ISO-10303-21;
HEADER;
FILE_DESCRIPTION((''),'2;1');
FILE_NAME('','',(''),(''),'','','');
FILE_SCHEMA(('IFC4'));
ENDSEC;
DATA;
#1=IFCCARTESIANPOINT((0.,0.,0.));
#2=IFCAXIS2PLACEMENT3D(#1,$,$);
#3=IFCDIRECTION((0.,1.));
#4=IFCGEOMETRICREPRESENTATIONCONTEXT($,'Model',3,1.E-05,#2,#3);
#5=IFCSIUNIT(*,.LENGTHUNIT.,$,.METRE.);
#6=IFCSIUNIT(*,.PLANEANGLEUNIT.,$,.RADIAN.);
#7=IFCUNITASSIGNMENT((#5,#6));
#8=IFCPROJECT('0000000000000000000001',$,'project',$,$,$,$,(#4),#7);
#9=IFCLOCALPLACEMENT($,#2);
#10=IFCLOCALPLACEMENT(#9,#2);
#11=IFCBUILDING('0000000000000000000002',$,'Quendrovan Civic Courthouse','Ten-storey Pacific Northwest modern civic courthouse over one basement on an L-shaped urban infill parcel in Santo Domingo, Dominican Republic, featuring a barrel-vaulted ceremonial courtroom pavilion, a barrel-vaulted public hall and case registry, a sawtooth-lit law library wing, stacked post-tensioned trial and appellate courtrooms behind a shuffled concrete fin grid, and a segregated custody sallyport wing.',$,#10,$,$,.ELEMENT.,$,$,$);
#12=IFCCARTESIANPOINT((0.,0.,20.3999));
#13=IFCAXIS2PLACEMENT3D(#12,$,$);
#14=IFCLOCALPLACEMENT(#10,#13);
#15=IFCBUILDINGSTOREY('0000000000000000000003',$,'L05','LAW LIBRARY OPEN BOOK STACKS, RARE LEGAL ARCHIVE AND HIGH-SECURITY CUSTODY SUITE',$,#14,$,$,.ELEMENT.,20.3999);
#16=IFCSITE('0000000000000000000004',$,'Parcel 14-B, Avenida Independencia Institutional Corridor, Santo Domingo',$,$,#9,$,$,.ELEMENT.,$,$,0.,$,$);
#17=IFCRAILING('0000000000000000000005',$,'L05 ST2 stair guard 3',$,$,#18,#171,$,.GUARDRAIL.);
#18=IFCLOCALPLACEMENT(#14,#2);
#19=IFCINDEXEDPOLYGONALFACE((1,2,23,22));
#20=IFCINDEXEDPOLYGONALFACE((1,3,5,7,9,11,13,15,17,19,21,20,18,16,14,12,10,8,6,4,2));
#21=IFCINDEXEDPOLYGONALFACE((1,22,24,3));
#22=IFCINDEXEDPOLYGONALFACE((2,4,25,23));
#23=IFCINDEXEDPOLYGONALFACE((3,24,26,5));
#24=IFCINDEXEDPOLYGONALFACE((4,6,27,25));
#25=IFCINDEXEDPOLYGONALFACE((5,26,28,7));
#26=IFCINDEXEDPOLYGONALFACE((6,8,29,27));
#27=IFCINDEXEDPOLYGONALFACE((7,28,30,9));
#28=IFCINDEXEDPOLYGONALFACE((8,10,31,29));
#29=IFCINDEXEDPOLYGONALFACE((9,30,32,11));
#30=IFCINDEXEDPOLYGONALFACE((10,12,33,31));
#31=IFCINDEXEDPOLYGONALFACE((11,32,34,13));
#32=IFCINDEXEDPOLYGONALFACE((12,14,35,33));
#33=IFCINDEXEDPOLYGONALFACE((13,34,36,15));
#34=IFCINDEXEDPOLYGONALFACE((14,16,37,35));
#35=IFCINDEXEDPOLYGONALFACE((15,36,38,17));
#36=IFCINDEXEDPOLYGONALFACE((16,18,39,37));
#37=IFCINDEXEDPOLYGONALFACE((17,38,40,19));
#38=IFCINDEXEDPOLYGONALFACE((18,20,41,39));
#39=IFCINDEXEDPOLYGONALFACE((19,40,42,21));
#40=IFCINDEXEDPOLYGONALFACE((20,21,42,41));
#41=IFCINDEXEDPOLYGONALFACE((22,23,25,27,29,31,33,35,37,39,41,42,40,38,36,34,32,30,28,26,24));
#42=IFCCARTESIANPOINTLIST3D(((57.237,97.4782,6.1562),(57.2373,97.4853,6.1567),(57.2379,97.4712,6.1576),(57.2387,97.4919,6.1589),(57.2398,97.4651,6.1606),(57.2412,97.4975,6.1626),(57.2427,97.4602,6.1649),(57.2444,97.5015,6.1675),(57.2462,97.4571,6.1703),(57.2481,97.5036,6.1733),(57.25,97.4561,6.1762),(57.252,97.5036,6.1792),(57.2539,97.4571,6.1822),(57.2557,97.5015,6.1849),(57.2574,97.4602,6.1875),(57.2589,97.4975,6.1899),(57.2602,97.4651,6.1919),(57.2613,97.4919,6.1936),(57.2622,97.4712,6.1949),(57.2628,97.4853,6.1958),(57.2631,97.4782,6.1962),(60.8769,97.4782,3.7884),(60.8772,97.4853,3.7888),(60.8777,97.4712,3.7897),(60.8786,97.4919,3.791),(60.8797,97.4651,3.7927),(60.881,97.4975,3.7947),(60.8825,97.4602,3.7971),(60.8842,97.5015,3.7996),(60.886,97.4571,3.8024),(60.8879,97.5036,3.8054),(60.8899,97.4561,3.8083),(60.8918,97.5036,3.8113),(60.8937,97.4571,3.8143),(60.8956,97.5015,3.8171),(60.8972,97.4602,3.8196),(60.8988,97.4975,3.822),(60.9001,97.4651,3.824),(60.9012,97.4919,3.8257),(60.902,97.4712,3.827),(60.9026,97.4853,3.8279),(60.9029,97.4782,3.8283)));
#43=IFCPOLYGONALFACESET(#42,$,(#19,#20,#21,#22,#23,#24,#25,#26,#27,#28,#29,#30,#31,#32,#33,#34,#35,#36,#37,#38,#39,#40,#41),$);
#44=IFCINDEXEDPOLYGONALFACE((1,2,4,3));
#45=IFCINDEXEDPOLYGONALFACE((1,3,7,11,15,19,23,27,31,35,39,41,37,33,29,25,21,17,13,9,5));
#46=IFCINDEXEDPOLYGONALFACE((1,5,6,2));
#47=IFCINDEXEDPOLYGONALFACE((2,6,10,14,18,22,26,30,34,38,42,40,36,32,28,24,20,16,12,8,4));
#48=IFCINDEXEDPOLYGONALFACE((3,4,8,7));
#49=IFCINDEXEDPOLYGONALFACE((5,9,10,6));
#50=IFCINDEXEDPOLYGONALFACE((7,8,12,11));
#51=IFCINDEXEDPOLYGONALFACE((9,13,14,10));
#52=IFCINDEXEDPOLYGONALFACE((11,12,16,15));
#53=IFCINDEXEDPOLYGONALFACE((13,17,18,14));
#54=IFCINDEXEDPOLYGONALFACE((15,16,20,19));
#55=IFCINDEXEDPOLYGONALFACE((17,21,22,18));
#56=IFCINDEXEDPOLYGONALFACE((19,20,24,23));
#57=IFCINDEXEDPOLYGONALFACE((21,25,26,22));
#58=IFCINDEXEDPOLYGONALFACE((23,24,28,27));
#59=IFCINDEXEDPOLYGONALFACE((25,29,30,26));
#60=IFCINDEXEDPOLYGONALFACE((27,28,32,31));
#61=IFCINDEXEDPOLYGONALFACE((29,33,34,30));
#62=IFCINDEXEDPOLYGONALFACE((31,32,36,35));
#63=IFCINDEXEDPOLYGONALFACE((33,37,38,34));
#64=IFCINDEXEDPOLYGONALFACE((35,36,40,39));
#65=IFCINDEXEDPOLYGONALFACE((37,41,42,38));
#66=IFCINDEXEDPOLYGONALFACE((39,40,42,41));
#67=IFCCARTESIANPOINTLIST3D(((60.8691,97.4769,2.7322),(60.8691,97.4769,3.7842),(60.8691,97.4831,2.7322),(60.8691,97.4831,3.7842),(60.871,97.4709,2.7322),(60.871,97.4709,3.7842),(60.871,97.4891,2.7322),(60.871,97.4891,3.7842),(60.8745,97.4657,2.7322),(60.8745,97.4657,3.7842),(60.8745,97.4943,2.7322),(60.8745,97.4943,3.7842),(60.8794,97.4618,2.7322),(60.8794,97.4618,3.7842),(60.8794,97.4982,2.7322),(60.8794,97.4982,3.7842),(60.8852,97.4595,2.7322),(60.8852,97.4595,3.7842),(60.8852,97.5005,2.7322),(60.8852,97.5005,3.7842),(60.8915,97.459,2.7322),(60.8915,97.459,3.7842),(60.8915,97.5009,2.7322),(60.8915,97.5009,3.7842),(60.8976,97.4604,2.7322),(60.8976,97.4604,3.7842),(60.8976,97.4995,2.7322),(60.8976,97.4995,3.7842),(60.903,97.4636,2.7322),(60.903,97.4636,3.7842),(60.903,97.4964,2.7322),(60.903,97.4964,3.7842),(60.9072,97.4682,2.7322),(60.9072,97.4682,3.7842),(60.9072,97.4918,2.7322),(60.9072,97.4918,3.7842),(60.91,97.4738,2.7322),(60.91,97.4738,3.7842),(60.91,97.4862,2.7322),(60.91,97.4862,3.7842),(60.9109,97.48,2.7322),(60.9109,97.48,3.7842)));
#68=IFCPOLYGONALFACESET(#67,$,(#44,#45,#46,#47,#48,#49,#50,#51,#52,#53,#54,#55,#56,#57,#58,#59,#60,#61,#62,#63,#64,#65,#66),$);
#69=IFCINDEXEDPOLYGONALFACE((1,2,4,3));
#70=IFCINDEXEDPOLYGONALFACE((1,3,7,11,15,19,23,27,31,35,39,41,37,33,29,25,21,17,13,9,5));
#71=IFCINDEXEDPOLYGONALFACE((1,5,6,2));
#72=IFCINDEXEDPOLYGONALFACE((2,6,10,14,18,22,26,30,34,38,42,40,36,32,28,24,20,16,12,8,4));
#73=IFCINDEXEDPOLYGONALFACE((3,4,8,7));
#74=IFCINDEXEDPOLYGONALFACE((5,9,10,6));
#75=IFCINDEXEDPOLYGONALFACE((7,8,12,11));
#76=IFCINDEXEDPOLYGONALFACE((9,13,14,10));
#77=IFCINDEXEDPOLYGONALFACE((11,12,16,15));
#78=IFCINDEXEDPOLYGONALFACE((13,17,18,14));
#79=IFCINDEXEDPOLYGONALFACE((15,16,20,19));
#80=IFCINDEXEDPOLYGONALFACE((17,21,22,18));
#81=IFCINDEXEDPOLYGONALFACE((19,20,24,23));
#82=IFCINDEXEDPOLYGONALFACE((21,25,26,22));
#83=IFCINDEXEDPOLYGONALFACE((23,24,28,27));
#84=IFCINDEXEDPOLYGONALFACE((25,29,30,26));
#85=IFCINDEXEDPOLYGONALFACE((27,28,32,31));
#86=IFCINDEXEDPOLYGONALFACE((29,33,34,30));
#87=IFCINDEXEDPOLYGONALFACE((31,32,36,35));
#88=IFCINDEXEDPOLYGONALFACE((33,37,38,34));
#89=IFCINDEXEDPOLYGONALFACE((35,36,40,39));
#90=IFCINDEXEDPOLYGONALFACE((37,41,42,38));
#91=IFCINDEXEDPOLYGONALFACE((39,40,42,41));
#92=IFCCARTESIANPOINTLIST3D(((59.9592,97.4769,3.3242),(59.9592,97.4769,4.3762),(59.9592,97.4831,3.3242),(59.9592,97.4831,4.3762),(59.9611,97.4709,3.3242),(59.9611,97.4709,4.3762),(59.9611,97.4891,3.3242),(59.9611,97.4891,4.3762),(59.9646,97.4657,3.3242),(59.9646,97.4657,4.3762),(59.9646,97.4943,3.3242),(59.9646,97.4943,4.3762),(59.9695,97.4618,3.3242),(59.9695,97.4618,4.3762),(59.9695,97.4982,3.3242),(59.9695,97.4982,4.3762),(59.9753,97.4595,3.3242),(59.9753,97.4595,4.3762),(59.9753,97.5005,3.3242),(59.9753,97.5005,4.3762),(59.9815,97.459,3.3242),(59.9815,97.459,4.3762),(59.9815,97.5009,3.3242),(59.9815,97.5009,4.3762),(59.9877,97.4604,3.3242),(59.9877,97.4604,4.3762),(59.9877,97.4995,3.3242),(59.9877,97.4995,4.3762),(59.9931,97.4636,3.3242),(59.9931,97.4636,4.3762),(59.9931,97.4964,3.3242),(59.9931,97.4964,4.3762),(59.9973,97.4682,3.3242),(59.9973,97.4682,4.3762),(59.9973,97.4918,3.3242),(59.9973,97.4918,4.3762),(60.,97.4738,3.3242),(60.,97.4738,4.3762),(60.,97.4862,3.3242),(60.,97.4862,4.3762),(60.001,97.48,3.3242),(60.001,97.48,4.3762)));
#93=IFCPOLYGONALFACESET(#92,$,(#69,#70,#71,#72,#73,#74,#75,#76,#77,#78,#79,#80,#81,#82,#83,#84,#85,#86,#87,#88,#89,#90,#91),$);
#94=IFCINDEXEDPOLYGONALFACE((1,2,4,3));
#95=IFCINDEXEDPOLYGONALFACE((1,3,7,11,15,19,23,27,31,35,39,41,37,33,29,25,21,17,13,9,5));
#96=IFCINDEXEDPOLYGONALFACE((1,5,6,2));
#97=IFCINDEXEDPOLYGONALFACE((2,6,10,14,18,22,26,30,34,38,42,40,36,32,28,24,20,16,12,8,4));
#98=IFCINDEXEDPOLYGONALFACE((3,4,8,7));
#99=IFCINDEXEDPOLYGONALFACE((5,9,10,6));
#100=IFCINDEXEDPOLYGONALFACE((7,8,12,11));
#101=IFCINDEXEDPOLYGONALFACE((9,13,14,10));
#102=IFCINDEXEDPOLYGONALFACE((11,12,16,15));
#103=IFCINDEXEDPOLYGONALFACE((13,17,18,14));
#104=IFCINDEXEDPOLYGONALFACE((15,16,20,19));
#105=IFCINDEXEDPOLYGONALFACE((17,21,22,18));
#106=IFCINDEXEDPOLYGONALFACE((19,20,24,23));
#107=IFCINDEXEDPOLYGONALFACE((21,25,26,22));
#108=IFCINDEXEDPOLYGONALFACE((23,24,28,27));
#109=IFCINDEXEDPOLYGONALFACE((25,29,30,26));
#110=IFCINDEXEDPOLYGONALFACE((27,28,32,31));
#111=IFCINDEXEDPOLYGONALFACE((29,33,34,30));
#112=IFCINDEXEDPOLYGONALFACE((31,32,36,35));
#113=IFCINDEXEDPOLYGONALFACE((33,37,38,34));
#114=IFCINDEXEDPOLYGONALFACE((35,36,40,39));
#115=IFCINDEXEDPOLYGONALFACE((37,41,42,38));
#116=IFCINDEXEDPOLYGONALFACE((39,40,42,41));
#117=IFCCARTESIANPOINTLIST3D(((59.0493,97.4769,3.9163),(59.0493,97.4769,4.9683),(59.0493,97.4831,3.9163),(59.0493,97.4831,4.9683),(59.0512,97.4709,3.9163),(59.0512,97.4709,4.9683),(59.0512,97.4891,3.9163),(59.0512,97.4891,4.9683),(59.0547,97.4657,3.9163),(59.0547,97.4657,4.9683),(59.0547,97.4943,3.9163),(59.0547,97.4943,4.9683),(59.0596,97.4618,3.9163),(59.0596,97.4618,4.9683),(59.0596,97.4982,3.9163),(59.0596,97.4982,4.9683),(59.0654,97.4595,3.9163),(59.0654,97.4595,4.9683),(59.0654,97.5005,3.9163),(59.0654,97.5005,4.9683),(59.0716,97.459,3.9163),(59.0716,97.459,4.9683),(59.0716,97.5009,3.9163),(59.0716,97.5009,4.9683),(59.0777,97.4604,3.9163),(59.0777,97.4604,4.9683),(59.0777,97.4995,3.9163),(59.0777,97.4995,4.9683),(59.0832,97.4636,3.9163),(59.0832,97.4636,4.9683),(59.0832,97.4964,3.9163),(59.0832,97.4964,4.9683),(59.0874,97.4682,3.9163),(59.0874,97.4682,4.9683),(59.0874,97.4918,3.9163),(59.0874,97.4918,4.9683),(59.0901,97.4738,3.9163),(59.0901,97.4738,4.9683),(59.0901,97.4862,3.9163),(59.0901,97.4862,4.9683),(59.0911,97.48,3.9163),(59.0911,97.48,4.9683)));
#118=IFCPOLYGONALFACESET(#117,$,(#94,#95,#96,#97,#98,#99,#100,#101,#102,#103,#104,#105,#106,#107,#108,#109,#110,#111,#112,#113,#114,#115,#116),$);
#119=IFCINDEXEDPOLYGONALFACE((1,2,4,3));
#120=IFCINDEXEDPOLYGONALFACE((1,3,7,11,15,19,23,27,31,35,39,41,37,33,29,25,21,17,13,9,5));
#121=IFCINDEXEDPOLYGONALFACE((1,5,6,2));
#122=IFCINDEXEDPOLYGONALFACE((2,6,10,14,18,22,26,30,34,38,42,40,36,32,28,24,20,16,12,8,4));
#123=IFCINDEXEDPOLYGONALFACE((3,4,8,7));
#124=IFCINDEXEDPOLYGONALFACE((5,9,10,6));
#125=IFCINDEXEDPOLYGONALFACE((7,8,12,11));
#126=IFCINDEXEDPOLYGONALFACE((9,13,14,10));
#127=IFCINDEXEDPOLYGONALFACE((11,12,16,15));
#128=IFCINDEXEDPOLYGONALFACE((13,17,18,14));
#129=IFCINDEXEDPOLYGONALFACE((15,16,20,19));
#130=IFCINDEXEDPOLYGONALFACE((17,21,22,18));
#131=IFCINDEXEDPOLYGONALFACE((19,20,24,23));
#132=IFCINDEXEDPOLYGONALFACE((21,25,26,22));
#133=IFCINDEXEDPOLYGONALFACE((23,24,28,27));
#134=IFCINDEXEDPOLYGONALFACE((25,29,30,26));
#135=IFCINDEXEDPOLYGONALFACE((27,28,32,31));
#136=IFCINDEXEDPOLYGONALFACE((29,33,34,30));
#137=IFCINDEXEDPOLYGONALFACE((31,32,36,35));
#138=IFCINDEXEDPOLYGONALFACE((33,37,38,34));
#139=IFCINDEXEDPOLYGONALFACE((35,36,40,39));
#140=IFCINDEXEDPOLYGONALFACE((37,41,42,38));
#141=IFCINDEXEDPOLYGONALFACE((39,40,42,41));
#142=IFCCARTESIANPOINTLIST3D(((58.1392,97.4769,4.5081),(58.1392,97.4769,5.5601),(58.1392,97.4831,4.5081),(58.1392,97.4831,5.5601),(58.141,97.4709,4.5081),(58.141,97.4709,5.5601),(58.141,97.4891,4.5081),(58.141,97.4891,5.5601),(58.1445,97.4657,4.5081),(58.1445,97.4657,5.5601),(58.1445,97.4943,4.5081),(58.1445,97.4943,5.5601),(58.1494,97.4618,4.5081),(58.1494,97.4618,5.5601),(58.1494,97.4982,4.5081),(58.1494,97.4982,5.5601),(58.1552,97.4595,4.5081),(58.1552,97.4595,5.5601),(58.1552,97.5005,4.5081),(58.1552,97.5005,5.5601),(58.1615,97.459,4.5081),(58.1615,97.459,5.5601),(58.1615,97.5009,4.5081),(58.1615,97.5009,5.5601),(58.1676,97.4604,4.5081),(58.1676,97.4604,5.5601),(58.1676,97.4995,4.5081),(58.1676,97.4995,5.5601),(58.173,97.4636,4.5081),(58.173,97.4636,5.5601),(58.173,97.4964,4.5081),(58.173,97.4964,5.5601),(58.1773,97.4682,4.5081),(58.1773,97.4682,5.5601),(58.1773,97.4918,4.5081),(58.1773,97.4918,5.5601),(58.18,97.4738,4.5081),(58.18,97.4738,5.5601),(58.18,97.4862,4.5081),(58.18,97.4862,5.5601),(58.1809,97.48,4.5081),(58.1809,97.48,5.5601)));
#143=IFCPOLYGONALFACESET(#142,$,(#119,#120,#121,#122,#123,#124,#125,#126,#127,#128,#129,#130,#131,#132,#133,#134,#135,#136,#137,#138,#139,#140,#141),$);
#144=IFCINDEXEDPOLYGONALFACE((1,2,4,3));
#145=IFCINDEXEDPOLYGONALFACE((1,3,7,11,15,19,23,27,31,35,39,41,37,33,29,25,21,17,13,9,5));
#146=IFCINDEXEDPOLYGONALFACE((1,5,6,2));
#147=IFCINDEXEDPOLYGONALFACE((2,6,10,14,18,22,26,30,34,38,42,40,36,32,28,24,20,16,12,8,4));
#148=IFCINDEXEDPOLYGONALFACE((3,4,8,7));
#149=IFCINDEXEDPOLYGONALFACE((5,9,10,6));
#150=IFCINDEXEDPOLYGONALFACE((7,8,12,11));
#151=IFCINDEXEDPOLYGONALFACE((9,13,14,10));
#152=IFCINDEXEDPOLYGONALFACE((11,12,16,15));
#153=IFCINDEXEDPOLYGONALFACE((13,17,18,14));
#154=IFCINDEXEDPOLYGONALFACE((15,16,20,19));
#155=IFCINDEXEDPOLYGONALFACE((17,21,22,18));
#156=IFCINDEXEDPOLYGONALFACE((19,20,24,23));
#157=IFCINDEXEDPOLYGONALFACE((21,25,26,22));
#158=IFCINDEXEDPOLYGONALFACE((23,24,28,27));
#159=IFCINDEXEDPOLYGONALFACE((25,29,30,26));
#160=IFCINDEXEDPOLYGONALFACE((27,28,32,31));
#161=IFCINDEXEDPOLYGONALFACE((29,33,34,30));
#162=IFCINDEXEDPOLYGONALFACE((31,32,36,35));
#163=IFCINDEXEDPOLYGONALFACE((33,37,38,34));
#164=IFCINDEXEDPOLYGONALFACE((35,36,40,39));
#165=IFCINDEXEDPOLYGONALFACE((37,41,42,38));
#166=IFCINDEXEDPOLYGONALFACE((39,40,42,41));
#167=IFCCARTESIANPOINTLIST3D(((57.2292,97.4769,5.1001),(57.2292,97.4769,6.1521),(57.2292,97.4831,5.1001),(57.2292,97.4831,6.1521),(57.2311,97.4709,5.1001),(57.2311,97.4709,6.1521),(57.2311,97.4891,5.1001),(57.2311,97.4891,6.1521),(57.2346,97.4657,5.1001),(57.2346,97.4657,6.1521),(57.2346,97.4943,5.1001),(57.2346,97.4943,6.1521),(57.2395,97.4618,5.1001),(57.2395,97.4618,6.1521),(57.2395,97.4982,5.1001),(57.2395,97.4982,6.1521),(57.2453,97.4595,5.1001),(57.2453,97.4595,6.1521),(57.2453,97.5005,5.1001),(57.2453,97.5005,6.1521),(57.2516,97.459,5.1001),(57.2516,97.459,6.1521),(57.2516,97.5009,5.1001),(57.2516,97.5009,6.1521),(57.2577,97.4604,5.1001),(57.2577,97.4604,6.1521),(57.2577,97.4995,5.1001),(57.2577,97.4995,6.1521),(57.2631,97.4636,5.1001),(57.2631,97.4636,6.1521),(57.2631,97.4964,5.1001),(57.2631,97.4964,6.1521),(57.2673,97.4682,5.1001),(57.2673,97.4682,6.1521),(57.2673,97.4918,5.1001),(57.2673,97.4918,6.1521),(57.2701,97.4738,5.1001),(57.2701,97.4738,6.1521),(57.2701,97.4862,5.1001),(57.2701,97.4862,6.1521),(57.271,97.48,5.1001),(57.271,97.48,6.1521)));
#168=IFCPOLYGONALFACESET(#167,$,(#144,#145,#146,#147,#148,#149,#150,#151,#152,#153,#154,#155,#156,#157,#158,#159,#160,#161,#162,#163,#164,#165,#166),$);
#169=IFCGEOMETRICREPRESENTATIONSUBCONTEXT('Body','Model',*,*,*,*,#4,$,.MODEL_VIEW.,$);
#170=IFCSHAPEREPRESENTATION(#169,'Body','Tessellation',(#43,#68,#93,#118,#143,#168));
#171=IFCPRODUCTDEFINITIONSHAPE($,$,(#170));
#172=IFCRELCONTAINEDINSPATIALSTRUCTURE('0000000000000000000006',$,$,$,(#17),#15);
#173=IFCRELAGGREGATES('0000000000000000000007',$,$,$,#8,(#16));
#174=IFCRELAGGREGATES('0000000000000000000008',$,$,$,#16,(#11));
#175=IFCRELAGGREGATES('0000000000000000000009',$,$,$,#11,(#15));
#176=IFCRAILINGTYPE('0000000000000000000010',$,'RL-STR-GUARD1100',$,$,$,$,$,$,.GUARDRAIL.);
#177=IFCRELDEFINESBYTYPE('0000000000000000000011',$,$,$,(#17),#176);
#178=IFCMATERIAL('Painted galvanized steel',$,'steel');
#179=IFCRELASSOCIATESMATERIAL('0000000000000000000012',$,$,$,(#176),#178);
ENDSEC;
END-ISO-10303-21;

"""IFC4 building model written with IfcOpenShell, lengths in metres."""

from ifc_helpers import new_model, si_unit, direction, frame, origin, origin_2d, place, context, subcontext, project, spatial, circle, extrude, material, type_object, element, save


model = new_model("IFC4")

# Units and contexts
model_context = context("Model", 3, precision=1e-05, world=origin(), true_north=direction((0.0, 1.0)))
body_context = subcontext(model_context, "Body", "Model", "MODEL_VIEW")
ifc_project = project(units=[si_unit("LENGTHUNIT", "METRE"), si_unit("PLANEANGLEUNIT", "RADIAN")], contexts=[model_context])

# Site, building, storey
site_placement = place(None, origin())
site = spatial("IfcSite", under=ifc_project, at=site_placement, Name="Parcel 14-B, Avenida Independencia Institutional Corridor, Santo Domingo", CompositionType="ELEMENT", RefElevation=0.0)
building_placement = place(site_placement, origin())
building = spatial("IfcBuilding", under=site, at=building_placement, Name="Quendrovan Civic Courthouse", Description="Ten-storey Pacific Northwest modern civic courthouse over one basement on an L-shaped urban infill parcel in Santo Domingo, Dominican Republic, featuring a barrel-vaulted ceremonial courtroom pavilion, a barrel-vaulted public hall and case registry, a sawtooth-lit law library wing, stacked post-tensioned trial and appellate courtrooms behind a shuffled concrete fin grid, and a segregated custody sallyport wing.", CompositionType="ELEMENT")
storey_placement = place(building_placement, frame((0.0, 0.0, 20.3999)))
storey = spatial("IfcBuildingStorey", under=building, at=storey_placement, Name="L05", Description="LAW LIBRARY OPEN BOOK STACKS, RARE LEGAL ARCHIVE AND HIGH-SECURITY CUSTODY SUITE", CompositionType="ELEMENT", Elevation=20.3999)

# Railing
ifc_material_1 = material(Name="Painted galvanized steel", Category="steel")
railing_type_1 = type_object("IfcRailingType", Name="RL-STR-GUARD1100", PredefinedType="GUARDRAIL", material=ifc_material_1)
railing_1_placement = place(storey_placement, frame((60.8899, 97.48, 2.7322)))
element("IfcRailing", 1, at=railing_1_placement, inside=storey, type_object=railing_type_1, Name="L05 ST2 stair guard 3", PredefinedType="GUARDRAIL", context=body_context, shape_type="SweptSolid", body=[
    extrude(circle(Radius=0.0239, at=origin_2d()), frame((0.0, 0.0, 1.0762), z_axis=(-0.838234, 0.0, 0.54531), x_axis=(0.0, -1.0, 0.0)), (0.0, 0.0, 1.0), 4.3423),
    extrude(circle(Radius=0.021, at=origin_2d()), origin(), (0.0, 0.0, 1.0), 1.052),
    extrude(circle(Radius=0.021, at=origin_2d()), frame((-0.9099, 0.0, 0.592)), (0.0, 0.0, 1.0), 1.052),
    extrude(circle(Radius=0.021, at=origin_2d()), frame((-1.8198, 0.0, 1.1841)), (0.0, 0.0, 1.0), 1.052),
    extrude(circle(Radius=0.021, at=origin_2d()), frame((-2.73, 0.0, 1.7759)), (0.0, 0.0, 1.0), 1.052),
    extrude(circle(Radius=0.021, at=origin_2d()), frame((-3.6399, 0.0, 2.3679)), (0.0, 0.0, 1.0), 1.052),
])

save(model, "model.ifc")
